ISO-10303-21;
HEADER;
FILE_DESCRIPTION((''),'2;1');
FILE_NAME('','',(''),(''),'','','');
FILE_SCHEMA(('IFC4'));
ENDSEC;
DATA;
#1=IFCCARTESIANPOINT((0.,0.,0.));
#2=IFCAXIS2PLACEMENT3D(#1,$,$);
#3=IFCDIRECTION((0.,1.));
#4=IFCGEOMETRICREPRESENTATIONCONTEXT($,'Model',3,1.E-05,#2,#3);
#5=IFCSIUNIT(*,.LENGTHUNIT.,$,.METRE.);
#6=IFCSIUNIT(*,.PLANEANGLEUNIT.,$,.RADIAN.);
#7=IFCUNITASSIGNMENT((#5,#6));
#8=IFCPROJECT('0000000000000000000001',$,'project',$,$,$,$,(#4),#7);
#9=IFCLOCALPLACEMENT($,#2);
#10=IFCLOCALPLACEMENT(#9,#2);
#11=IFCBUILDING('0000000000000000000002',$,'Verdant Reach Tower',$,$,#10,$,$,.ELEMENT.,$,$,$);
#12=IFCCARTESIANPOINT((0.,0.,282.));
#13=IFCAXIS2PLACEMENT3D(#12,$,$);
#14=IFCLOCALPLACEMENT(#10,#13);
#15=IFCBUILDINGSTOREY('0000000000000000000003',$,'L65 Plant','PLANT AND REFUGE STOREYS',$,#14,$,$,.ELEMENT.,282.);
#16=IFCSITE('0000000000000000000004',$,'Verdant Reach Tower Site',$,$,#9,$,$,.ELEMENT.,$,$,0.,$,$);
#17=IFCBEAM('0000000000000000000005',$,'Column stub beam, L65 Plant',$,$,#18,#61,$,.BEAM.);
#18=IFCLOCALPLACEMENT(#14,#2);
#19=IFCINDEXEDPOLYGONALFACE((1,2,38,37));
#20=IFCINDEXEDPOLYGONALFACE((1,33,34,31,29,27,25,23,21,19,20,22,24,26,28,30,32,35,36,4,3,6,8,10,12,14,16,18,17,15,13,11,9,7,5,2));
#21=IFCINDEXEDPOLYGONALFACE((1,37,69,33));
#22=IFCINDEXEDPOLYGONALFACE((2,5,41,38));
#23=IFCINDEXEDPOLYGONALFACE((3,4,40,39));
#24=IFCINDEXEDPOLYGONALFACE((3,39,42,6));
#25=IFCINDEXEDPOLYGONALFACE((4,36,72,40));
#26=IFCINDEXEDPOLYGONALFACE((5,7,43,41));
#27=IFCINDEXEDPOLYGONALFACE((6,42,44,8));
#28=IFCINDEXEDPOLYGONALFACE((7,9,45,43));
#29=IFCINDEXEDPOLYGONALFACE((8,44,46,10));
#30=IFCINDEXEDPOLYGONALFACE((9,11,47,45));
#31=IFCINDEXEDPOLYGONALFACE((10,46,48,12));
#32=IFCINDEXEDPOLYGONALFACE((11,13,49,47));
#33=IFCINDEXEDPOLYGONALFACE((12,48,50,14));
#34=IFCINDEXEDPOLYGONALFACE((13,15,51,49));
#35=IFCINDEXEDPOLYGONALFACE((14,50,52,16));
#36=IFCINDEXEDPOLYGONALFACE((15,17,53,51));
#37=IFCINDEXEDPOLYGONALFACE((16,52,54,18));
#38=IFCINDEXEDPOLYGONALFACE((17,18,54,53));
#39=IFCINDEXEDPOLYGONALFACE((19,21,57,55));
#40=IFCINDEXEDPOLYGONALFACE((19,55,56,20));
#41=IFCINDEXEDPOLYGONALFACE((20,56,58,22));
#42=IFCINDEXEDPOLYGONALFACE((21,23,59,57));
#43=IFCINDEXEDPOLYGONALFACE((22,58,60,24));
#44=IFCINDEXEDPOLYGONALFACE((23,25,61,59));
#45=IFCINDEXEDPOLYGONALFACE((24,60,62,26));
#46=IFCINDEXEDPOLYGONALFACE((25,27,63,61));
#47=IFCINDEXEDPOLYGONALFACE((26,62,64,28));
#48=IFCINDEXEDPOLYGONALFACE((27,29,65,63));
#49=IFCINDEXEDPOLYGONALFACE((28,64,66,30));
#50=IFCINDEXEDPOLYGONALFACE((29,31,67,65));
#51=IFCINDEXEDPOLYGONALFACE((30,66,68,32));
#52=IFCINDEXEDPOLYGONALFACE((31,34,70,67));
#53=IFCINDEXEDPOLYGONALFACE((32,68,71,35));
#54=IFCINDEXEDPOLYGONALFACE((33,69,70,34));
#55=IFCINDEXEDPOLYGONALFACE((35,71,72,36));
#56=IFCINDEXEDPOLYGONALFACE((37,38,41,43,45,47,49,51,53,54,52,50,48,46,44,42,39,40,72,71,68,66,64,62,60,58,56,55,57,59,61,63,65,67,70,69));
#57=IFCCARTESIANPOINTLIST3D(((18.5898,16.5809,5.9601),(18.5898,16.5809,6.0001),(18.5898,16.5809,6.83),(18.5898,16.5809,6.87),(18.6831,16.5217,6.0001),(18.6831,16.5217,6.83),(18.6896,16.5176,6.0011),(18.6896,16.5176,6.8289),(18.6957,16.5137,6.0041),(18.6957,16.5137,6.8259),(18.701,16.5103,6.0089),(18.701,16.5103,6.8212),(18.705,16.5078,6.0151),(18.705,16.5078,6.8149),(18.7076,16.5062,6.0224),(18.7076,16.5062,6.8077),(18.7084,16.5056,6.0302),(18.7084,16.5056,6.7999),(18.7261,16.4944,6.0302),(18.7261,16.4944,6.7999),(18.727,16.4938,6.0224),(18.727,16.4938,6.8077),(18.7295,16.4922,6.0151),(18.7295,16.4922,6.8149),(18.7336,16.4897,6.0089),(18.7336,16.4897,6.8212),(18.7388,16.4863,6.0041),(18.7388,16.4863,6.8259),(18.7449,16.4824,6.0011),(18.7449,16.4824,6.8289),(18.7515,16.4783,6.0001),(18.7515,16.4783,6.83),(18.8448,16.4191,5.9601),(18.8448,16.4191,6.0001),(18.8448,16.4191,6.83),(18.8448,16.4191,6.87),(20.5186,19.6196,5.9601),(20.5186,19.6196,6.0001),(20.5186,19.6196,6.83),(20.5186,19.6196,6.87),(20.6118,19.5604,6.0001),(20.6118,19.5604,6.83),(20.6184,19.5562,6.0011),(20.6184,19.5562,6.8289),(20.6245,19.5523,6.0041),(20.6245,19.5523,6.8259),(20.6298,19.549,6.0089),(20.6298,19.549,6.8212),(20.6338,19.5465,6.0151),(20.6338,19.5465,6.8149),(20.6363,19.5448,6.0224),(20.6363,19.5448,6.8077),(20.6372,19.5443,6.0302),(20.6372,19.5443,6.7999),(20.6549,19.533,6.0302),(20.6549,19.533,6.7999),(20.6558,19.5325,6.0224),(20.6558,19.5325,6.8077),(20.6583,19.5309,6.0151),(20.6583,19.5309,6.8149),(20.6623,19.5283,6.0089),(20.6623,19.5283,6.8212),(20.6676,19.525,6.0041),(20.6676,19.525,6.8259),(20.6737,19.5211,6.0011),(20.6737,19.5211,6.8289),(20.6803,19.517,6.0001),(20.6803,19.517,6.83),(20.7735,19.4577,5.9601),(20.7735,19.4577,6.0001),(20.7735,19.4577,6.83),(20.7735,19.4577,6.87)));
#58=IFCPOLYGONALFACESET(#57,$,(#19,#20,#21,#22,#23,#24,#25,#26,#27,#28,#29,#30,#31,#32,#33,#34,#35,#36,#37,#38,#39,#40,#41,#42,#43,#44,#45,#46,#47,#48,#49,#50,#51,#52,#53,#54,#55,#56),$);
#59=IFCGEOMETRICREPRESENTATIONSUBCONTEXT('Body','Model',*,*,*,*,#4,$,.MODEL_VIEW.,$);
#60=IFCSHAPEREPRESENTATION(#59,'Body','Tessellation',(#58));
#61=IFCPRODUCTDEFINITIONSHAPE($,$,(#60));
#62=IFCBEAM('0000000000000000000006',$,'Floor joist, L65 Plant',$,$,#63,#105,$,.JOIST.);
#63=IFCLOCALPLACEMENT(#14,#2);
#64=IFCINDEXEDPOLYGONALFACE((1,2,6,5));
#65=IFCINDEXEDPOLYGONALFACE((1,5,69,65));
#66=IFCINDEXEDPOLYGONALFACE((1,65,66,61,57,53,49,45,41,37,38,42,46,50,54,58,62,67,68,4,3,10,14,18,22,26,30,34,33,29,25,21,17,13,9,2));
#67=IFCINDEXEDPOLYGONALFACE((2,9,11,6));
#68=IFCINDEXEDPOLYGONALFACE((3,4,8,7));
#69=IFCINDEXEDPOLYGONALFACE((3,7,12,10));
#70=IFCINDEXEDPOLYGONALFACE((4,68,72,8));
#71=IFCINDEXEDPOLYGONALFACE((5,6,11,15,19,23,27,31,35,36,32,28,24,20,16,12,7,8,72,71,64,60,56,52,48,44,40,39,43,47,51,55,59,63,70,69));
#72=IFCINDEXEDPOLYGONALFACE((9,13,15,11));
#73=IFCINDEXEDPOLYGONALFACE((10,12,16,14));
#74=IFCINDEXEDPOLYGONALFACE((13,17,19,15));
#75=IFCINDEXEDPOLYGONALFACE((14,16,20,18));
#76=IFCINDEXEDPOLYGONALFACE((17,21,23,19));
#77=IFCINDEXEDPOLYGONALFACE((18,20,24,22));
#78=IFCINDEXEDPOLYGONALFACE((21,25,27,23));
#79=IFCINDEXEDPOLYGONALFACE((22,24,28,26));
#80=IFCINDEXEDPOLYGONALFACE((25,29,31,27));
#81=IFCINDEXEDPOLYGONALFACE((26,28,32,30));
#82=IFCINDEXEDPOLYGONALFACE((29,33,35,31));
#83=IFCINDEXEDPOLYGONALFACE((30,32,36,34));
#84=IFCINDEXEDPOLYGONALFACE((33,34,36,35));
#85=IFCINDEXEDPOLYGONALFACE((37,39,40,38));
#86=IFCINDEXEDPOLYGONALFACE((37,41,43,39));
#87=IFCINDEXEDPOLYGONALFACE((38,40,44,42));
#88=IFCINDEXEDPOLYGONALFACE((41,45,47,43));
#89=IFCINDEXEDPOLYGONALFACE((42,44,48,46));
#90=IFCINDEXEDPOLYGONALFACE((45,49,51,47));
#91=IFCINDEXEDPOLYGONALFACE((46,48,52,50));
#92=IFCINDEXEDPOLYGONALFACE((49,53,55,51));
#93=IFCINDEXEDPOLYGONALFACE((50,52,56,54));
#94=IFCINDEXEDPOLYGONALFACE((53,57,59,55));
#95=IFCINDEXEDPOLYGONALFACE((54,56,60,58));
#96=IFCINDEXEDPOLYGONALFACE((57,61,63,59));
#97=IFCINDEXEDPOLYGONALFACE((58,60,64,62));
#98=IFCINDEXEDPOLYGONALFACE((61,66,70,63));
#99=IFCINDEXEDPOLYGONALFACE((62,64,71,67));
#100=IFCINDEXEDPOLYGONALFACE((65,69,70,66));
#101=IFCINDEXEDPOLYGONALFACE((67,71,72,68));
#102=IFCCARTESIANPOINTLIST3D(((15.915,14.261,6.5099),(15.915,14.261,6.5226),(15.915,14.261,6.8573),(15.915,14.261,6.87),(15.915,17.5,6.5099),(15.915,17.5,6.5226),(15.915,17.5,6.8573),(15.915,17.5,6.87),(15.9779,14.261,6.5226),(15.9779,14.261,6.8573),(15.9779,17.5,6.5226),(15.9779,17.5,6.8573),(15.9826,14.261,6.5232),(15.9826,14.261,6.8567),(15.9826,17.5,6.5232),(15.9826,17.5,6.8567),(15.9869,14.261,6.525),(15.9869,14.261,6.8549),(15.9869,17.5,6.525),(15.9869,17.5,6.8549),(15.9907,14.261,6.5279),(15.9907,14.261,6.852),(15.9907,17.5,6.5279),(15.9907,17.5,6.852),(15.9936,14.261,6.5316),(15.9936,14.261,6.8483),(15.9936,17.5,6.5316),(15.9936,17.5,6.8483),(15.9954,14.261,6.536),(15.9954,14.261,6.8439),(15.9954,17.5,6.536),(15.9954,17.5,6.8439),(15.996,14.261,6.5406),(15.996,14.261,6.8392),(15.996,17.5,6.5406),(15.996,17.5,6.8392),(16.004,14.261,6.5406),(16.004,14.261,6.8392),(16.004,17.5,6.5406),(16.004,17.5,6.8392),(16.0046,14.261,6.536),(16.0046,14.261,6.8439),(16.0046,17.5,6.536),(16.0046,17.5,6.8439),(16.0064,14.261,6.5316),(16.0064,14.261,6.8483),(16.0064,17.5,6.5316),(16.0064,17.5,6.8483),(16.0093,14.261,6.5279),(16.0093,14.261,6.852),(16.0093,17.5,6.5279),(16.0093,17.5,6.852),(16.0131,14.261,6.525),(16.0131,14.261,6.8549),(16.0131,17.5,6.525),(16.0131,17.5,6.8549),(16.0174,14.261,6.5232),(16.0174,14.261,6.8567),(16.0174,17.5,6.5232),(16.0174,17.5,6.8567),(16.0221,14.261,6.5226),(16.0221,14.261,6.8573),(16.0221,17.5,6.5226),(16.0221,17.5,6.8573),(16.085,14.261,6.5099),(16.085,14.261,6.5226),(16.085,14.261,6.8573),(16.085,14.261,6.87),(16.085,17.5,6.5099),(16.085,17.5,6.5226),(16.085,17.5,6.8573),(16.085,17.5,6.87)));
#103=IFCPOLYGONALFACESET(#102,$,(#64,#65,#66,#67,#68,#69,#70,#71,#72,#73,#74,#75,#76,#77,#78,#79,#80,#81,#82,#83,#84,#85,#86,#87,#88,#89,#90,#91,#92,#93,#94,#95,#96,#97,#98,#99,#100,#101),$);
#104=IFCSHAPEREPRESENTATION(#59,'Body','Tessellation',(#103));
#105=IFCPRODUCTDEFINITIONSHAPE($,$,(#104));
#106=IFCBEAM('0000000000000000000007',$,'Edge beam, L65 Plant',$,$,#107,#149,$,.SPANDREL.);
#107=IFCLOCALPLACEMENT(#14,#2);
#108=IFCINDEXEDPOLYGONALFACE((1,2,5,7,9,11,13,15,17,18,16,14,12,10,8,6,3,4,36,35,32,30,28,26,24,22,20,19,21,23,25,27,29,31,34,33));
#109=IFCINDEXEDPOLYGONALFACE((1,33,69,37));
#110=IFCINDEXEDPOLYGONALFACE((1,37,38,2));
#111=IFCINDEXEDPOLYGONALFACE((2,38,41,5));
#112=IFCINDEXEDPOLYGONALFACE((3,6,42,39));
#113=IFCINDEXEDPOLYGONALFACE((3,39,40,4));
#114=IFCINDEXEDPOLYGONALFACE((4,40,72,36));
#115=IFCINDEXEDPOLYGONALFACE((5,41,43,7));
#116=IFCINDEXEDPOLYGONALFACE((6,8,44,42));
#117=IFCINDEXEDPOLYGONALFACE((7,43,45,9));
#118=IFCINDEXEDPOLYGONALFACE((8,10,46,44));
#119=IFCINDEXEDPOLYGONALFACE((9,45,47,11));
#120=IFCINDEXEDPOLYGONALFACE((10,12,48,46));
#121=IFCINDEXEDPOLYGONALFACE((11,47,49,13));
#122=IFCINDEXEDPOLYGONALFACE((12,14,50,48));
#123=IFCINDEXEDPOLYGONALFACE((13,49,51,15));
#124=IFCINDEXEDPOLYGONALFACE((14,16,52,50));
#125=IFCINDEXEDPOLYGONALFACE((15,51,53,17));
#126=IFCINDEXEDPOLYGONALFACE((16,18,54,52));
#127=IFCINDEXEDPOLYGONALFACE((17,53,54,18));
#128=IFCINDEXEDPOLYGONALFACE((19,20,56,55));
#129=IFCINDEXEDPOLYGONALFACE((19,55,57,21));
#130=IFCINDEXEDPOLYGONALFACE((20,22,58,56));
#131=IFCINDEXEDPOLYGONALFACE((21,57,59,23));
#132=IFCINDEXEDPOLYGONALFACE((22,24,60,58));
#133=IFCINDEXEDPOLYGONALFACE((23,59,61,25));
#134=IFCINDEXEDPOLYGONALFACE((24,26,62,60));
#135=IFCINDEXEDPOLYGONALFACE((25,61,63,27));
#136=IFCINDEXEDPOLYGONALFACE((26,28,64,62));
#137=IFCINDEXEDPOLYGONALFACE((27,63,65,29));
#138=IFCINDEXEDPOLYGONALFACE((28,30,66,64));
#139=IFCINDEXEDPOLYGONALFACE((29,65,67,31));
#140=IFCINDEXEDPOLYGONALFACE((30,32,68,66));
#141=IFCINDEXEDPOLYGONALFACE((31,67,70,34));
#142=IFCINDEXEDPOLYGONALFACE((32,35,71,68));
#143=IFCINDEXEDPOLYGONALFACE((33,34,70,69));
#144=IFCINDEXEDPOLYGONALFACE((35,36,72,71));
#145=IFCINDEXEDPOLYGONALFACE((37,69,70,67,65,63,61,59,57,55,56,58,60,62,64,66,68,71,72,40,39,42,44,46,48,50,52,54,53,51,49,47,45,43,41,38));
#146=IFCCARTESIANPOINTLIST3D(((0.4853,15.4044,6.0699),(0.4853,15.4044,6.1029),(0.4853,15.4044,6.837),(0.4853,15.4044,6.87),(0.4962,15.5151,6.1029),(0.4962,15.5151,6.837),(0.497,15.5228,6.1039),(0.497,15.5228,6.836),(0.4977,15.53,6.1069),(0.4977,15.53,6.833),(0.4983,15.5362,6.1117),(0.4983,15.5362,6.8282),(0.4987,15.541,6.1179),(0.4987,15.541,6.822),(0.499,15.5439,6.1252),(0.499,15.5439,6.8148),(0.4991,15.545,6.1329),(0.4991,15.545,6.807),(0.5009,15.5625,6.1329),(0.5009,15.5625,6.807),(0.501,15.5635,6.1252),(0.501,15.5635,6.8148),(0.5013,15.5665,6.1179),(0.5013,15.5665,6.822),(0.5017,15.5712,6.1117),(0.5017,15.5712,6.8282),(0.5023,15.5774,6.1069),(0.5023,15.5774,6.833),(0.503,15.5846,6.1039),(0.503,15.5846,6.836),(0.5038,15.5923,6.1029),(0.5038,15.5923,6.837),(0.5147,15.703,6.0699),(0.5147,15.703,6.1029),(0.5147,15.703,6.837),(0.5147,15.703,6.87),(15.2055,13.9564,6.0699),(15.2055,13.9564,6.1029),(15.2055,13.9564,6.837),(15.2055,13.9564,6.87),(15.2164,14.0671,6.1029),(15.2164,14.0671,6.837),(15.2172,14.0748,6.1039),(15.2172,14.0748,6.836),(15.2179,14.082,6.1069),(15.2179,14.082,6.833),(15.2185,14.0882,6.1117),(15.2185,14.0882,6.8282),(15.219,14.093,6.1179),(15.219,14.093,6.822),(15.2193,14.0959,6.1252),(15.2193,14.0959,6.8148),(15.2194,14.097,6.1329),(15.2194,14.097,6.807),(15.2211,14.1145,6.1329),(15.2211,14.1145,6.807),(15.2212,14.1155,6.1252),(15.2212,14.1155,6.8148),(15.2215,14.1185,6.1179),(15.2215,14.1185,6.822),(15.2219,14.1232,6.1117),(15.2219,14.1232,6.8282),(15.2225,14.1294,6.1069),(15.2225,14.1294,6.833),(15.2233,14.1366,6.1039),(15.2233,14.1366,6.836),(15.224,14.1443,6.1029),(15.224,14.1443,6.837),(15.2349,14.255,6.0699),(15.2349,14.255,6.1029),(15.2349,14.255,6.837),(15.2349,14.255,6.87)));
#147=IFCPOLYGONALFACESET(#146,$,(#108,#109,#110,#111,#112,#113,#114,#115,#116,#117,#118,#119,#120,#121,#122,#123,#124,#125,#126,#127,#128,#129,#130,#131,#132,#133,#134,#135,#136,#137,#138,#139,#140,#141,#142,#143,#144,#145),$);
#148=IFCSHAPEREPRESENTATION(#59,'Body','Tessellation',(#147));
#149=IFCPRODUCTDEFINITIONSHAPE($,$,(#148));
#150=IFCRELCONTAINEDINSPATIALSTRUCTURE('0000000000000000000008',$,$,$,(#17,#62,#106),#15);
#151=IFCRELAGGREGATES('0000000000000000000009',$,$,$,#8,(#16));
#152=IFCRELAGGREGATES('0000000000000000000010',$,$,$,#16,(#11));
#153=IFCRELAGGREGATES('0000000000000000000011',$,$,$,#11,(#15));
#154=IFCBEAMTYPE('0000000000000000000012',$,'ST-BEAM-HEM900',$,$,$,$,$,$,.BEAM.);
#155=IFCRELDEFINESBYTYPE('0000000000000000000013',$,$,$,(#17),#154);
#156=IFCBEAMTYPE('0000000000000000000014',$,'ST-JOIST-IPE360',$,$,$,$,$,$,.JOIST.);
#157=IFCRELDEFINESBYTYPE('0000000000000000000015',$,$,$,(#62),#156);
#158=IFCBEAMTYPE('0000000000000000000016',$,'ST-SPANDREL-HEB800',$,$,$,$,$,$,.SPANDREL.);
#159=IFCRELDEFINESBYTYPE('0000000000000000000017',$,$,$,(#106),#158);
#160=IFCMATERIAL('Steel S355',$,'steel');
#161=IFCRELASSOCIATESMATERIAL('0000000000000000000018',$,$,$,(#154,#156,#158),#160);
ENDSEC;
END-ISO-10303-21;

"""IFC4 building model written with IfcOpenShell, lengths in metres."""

from ifc_helpers import new_model, si_unit, direction, frame, origin, origin_2d, place, context, subcontext, project, spatial, i_section, extrude, material, material_profile, profile_set, type_object, element, save


model = new_model("IFC4")

# Units and contexts
model_context = context("Model", 3, precision=1e-05, world=origin(), true_north=direction((0.0, 1.0)))
body_context = subcontext(model_context, "Body", "Model", "MODEL_VIEW")
ifc_project = project(units=[si_unit("LENGTHUNIT", "METRE"), si_unit("PLANEANGLEUNIT", "RADIAN")], contexts=[model_context])

# Site, building, storey
site_placement = place(None, origin())
site = spatial("IfcSite", under=ifc_project, at=site_placement, Name="Verdant Reach Tower Site", CompositionType="ELEMENT", RefElevation=0.0)
building_placement = place(site_placement, origin())
building = spatial("IfcBuilding", under=site, at=building_placement, Name="Verdant Reach Tower", CompositionType="ELEMENT")
storey_placement = place(building_placement, frame((0.0, 0.0, 282.0)))
storey = spatial("IfcBuildingStorey", under=building, at=storey_placement, Name="L65 Plant", Description="PLANT AND REFUGE STOREYS", CompositionType="ELEMENT", Elevation=282.0)

# Beams
ifc_material_1 = material(Name="Steel S355", Category="steel")
ifc_material_profile_1 = material_profile(ifc_material_1, i_section(OverallWidth=0.302, OverallDepth=0.9099, WebThickness=0.021, FlangeThickness=0.04, FilletRadius=0.03, at=origin_2d()), Name="HEM 900")
ifc_profile_set_1 = profile_set([ifc_material_profile_1], Name="Steel S355")
beam_type_1 = type_object("IfcBeamType", Name="ST-BEAM-HEM900", PredefinedType="BEAM", material=ifc_profile_set_1)
beam_1_placement = place(storey_placement, frame((18.7173, 16.5, 6.415), z_axis=(0.535901, 0.844281, 0.0), x_axis=(-0.844281, 0.535901, 0.0)))
element("IfcBeam", 1, at=beam_1_placement, inside=storey, type_object=beam_type_1, Name="Column stub beam, L65 Plant", PredefinedType="BEAM", context=body_context, shape_type="SweptSolid", body=[
    extrude(i_section(OverallWidth=0.302, OverallDepth=0.9099, WebThickness=0.021, FlangeThickness=0.04, FilletRadius=0.03, at=origin_2d()), origin(), (0.0, 0.0, 1.0), 3.5991),
])
ifc_material_profile_2 = material_profile(ifc_material_1, i_section(OverallWidth=0.1699, OverallDepth=0.3601, WebThickness=0.0081, FlangeThickness=0.0127, FilletRadius=0.0181, at=origin_2d()), Name="IPE 360")
ifc_profile_set_2 = profile_set([ifc_material_profile_2], Name="Steel S355")
beam_type_2 = type_object("IfcBeamType", Name="ST-JOIST-IPE360", PredefinedType="JOIST", material=ifc_profile_set_2)
beam_2_placement = place(storey_placement, frame((16.0, 17.5, 6.6899), z_axis=(0.0, -1.0, 0.0), x_axis=(1.0, 0.0, 0.0)))
element("IfcBeam", 2, at=beam_2_placement, inside=storey, type_object=beam_type_2, Name="Floor joist, L65 Plant", PredefinedType="JOIST", context=body_context, shape_type="SweptSolid", body=[
    extrude(i_section(OverallWidth=0.1699, OverallDepth=0.3601, WebThickness=0.0081, FlangeThickness=0.0127, FilletRadius=0.0181, at=origin_2d()), origin(), (0.0, 0.0, 1.0), 3.239),
])
ifc_material_profile_3 = material_profile(ifc_material_1, i_section(OverallWidth=0.3, OverallDepth=0.8, WebThickness=0.0176, FlangeThickness=0.033, FilletRadius=0.03, at=origin_2d()), Name="HEB 800")
ifc_profile_set_3 = profile_set([ifc_material_profile_3], Name="Steel S355")
beam_type_3 = type_object("IfcBeamType", Name="ST-SPANDREL-HEB800", PredefinedType="SPANDREL", material=ifc_profile_set_3)
beam_3_placement = place(storey_placement, frame((15.2202, 14.1057, 6.47), z_axis=(-0.995197, 0.097896, 0.0), x_axis=(-0.097896, -0.995197, 0.0)))
element("IfcBeam", 3, at=beam_3_placement, inside=storey, type_object=beam_type_3, Name="Edge beam, L65 Plant", PredefinedType="SPANDREL", context=body_context, shape_type="SweptSolid", body=[
    extrude(i_section(OverallWidth=0.3, OverallDepth=0.8, WebThickness=0.0176, FlangeThickness=0.033, FilletRadius=0.03, at=origin_2d()), origin(), (0.0, 0.0, 1.0), 14.7913),
])

save(model, "model.ifc")
